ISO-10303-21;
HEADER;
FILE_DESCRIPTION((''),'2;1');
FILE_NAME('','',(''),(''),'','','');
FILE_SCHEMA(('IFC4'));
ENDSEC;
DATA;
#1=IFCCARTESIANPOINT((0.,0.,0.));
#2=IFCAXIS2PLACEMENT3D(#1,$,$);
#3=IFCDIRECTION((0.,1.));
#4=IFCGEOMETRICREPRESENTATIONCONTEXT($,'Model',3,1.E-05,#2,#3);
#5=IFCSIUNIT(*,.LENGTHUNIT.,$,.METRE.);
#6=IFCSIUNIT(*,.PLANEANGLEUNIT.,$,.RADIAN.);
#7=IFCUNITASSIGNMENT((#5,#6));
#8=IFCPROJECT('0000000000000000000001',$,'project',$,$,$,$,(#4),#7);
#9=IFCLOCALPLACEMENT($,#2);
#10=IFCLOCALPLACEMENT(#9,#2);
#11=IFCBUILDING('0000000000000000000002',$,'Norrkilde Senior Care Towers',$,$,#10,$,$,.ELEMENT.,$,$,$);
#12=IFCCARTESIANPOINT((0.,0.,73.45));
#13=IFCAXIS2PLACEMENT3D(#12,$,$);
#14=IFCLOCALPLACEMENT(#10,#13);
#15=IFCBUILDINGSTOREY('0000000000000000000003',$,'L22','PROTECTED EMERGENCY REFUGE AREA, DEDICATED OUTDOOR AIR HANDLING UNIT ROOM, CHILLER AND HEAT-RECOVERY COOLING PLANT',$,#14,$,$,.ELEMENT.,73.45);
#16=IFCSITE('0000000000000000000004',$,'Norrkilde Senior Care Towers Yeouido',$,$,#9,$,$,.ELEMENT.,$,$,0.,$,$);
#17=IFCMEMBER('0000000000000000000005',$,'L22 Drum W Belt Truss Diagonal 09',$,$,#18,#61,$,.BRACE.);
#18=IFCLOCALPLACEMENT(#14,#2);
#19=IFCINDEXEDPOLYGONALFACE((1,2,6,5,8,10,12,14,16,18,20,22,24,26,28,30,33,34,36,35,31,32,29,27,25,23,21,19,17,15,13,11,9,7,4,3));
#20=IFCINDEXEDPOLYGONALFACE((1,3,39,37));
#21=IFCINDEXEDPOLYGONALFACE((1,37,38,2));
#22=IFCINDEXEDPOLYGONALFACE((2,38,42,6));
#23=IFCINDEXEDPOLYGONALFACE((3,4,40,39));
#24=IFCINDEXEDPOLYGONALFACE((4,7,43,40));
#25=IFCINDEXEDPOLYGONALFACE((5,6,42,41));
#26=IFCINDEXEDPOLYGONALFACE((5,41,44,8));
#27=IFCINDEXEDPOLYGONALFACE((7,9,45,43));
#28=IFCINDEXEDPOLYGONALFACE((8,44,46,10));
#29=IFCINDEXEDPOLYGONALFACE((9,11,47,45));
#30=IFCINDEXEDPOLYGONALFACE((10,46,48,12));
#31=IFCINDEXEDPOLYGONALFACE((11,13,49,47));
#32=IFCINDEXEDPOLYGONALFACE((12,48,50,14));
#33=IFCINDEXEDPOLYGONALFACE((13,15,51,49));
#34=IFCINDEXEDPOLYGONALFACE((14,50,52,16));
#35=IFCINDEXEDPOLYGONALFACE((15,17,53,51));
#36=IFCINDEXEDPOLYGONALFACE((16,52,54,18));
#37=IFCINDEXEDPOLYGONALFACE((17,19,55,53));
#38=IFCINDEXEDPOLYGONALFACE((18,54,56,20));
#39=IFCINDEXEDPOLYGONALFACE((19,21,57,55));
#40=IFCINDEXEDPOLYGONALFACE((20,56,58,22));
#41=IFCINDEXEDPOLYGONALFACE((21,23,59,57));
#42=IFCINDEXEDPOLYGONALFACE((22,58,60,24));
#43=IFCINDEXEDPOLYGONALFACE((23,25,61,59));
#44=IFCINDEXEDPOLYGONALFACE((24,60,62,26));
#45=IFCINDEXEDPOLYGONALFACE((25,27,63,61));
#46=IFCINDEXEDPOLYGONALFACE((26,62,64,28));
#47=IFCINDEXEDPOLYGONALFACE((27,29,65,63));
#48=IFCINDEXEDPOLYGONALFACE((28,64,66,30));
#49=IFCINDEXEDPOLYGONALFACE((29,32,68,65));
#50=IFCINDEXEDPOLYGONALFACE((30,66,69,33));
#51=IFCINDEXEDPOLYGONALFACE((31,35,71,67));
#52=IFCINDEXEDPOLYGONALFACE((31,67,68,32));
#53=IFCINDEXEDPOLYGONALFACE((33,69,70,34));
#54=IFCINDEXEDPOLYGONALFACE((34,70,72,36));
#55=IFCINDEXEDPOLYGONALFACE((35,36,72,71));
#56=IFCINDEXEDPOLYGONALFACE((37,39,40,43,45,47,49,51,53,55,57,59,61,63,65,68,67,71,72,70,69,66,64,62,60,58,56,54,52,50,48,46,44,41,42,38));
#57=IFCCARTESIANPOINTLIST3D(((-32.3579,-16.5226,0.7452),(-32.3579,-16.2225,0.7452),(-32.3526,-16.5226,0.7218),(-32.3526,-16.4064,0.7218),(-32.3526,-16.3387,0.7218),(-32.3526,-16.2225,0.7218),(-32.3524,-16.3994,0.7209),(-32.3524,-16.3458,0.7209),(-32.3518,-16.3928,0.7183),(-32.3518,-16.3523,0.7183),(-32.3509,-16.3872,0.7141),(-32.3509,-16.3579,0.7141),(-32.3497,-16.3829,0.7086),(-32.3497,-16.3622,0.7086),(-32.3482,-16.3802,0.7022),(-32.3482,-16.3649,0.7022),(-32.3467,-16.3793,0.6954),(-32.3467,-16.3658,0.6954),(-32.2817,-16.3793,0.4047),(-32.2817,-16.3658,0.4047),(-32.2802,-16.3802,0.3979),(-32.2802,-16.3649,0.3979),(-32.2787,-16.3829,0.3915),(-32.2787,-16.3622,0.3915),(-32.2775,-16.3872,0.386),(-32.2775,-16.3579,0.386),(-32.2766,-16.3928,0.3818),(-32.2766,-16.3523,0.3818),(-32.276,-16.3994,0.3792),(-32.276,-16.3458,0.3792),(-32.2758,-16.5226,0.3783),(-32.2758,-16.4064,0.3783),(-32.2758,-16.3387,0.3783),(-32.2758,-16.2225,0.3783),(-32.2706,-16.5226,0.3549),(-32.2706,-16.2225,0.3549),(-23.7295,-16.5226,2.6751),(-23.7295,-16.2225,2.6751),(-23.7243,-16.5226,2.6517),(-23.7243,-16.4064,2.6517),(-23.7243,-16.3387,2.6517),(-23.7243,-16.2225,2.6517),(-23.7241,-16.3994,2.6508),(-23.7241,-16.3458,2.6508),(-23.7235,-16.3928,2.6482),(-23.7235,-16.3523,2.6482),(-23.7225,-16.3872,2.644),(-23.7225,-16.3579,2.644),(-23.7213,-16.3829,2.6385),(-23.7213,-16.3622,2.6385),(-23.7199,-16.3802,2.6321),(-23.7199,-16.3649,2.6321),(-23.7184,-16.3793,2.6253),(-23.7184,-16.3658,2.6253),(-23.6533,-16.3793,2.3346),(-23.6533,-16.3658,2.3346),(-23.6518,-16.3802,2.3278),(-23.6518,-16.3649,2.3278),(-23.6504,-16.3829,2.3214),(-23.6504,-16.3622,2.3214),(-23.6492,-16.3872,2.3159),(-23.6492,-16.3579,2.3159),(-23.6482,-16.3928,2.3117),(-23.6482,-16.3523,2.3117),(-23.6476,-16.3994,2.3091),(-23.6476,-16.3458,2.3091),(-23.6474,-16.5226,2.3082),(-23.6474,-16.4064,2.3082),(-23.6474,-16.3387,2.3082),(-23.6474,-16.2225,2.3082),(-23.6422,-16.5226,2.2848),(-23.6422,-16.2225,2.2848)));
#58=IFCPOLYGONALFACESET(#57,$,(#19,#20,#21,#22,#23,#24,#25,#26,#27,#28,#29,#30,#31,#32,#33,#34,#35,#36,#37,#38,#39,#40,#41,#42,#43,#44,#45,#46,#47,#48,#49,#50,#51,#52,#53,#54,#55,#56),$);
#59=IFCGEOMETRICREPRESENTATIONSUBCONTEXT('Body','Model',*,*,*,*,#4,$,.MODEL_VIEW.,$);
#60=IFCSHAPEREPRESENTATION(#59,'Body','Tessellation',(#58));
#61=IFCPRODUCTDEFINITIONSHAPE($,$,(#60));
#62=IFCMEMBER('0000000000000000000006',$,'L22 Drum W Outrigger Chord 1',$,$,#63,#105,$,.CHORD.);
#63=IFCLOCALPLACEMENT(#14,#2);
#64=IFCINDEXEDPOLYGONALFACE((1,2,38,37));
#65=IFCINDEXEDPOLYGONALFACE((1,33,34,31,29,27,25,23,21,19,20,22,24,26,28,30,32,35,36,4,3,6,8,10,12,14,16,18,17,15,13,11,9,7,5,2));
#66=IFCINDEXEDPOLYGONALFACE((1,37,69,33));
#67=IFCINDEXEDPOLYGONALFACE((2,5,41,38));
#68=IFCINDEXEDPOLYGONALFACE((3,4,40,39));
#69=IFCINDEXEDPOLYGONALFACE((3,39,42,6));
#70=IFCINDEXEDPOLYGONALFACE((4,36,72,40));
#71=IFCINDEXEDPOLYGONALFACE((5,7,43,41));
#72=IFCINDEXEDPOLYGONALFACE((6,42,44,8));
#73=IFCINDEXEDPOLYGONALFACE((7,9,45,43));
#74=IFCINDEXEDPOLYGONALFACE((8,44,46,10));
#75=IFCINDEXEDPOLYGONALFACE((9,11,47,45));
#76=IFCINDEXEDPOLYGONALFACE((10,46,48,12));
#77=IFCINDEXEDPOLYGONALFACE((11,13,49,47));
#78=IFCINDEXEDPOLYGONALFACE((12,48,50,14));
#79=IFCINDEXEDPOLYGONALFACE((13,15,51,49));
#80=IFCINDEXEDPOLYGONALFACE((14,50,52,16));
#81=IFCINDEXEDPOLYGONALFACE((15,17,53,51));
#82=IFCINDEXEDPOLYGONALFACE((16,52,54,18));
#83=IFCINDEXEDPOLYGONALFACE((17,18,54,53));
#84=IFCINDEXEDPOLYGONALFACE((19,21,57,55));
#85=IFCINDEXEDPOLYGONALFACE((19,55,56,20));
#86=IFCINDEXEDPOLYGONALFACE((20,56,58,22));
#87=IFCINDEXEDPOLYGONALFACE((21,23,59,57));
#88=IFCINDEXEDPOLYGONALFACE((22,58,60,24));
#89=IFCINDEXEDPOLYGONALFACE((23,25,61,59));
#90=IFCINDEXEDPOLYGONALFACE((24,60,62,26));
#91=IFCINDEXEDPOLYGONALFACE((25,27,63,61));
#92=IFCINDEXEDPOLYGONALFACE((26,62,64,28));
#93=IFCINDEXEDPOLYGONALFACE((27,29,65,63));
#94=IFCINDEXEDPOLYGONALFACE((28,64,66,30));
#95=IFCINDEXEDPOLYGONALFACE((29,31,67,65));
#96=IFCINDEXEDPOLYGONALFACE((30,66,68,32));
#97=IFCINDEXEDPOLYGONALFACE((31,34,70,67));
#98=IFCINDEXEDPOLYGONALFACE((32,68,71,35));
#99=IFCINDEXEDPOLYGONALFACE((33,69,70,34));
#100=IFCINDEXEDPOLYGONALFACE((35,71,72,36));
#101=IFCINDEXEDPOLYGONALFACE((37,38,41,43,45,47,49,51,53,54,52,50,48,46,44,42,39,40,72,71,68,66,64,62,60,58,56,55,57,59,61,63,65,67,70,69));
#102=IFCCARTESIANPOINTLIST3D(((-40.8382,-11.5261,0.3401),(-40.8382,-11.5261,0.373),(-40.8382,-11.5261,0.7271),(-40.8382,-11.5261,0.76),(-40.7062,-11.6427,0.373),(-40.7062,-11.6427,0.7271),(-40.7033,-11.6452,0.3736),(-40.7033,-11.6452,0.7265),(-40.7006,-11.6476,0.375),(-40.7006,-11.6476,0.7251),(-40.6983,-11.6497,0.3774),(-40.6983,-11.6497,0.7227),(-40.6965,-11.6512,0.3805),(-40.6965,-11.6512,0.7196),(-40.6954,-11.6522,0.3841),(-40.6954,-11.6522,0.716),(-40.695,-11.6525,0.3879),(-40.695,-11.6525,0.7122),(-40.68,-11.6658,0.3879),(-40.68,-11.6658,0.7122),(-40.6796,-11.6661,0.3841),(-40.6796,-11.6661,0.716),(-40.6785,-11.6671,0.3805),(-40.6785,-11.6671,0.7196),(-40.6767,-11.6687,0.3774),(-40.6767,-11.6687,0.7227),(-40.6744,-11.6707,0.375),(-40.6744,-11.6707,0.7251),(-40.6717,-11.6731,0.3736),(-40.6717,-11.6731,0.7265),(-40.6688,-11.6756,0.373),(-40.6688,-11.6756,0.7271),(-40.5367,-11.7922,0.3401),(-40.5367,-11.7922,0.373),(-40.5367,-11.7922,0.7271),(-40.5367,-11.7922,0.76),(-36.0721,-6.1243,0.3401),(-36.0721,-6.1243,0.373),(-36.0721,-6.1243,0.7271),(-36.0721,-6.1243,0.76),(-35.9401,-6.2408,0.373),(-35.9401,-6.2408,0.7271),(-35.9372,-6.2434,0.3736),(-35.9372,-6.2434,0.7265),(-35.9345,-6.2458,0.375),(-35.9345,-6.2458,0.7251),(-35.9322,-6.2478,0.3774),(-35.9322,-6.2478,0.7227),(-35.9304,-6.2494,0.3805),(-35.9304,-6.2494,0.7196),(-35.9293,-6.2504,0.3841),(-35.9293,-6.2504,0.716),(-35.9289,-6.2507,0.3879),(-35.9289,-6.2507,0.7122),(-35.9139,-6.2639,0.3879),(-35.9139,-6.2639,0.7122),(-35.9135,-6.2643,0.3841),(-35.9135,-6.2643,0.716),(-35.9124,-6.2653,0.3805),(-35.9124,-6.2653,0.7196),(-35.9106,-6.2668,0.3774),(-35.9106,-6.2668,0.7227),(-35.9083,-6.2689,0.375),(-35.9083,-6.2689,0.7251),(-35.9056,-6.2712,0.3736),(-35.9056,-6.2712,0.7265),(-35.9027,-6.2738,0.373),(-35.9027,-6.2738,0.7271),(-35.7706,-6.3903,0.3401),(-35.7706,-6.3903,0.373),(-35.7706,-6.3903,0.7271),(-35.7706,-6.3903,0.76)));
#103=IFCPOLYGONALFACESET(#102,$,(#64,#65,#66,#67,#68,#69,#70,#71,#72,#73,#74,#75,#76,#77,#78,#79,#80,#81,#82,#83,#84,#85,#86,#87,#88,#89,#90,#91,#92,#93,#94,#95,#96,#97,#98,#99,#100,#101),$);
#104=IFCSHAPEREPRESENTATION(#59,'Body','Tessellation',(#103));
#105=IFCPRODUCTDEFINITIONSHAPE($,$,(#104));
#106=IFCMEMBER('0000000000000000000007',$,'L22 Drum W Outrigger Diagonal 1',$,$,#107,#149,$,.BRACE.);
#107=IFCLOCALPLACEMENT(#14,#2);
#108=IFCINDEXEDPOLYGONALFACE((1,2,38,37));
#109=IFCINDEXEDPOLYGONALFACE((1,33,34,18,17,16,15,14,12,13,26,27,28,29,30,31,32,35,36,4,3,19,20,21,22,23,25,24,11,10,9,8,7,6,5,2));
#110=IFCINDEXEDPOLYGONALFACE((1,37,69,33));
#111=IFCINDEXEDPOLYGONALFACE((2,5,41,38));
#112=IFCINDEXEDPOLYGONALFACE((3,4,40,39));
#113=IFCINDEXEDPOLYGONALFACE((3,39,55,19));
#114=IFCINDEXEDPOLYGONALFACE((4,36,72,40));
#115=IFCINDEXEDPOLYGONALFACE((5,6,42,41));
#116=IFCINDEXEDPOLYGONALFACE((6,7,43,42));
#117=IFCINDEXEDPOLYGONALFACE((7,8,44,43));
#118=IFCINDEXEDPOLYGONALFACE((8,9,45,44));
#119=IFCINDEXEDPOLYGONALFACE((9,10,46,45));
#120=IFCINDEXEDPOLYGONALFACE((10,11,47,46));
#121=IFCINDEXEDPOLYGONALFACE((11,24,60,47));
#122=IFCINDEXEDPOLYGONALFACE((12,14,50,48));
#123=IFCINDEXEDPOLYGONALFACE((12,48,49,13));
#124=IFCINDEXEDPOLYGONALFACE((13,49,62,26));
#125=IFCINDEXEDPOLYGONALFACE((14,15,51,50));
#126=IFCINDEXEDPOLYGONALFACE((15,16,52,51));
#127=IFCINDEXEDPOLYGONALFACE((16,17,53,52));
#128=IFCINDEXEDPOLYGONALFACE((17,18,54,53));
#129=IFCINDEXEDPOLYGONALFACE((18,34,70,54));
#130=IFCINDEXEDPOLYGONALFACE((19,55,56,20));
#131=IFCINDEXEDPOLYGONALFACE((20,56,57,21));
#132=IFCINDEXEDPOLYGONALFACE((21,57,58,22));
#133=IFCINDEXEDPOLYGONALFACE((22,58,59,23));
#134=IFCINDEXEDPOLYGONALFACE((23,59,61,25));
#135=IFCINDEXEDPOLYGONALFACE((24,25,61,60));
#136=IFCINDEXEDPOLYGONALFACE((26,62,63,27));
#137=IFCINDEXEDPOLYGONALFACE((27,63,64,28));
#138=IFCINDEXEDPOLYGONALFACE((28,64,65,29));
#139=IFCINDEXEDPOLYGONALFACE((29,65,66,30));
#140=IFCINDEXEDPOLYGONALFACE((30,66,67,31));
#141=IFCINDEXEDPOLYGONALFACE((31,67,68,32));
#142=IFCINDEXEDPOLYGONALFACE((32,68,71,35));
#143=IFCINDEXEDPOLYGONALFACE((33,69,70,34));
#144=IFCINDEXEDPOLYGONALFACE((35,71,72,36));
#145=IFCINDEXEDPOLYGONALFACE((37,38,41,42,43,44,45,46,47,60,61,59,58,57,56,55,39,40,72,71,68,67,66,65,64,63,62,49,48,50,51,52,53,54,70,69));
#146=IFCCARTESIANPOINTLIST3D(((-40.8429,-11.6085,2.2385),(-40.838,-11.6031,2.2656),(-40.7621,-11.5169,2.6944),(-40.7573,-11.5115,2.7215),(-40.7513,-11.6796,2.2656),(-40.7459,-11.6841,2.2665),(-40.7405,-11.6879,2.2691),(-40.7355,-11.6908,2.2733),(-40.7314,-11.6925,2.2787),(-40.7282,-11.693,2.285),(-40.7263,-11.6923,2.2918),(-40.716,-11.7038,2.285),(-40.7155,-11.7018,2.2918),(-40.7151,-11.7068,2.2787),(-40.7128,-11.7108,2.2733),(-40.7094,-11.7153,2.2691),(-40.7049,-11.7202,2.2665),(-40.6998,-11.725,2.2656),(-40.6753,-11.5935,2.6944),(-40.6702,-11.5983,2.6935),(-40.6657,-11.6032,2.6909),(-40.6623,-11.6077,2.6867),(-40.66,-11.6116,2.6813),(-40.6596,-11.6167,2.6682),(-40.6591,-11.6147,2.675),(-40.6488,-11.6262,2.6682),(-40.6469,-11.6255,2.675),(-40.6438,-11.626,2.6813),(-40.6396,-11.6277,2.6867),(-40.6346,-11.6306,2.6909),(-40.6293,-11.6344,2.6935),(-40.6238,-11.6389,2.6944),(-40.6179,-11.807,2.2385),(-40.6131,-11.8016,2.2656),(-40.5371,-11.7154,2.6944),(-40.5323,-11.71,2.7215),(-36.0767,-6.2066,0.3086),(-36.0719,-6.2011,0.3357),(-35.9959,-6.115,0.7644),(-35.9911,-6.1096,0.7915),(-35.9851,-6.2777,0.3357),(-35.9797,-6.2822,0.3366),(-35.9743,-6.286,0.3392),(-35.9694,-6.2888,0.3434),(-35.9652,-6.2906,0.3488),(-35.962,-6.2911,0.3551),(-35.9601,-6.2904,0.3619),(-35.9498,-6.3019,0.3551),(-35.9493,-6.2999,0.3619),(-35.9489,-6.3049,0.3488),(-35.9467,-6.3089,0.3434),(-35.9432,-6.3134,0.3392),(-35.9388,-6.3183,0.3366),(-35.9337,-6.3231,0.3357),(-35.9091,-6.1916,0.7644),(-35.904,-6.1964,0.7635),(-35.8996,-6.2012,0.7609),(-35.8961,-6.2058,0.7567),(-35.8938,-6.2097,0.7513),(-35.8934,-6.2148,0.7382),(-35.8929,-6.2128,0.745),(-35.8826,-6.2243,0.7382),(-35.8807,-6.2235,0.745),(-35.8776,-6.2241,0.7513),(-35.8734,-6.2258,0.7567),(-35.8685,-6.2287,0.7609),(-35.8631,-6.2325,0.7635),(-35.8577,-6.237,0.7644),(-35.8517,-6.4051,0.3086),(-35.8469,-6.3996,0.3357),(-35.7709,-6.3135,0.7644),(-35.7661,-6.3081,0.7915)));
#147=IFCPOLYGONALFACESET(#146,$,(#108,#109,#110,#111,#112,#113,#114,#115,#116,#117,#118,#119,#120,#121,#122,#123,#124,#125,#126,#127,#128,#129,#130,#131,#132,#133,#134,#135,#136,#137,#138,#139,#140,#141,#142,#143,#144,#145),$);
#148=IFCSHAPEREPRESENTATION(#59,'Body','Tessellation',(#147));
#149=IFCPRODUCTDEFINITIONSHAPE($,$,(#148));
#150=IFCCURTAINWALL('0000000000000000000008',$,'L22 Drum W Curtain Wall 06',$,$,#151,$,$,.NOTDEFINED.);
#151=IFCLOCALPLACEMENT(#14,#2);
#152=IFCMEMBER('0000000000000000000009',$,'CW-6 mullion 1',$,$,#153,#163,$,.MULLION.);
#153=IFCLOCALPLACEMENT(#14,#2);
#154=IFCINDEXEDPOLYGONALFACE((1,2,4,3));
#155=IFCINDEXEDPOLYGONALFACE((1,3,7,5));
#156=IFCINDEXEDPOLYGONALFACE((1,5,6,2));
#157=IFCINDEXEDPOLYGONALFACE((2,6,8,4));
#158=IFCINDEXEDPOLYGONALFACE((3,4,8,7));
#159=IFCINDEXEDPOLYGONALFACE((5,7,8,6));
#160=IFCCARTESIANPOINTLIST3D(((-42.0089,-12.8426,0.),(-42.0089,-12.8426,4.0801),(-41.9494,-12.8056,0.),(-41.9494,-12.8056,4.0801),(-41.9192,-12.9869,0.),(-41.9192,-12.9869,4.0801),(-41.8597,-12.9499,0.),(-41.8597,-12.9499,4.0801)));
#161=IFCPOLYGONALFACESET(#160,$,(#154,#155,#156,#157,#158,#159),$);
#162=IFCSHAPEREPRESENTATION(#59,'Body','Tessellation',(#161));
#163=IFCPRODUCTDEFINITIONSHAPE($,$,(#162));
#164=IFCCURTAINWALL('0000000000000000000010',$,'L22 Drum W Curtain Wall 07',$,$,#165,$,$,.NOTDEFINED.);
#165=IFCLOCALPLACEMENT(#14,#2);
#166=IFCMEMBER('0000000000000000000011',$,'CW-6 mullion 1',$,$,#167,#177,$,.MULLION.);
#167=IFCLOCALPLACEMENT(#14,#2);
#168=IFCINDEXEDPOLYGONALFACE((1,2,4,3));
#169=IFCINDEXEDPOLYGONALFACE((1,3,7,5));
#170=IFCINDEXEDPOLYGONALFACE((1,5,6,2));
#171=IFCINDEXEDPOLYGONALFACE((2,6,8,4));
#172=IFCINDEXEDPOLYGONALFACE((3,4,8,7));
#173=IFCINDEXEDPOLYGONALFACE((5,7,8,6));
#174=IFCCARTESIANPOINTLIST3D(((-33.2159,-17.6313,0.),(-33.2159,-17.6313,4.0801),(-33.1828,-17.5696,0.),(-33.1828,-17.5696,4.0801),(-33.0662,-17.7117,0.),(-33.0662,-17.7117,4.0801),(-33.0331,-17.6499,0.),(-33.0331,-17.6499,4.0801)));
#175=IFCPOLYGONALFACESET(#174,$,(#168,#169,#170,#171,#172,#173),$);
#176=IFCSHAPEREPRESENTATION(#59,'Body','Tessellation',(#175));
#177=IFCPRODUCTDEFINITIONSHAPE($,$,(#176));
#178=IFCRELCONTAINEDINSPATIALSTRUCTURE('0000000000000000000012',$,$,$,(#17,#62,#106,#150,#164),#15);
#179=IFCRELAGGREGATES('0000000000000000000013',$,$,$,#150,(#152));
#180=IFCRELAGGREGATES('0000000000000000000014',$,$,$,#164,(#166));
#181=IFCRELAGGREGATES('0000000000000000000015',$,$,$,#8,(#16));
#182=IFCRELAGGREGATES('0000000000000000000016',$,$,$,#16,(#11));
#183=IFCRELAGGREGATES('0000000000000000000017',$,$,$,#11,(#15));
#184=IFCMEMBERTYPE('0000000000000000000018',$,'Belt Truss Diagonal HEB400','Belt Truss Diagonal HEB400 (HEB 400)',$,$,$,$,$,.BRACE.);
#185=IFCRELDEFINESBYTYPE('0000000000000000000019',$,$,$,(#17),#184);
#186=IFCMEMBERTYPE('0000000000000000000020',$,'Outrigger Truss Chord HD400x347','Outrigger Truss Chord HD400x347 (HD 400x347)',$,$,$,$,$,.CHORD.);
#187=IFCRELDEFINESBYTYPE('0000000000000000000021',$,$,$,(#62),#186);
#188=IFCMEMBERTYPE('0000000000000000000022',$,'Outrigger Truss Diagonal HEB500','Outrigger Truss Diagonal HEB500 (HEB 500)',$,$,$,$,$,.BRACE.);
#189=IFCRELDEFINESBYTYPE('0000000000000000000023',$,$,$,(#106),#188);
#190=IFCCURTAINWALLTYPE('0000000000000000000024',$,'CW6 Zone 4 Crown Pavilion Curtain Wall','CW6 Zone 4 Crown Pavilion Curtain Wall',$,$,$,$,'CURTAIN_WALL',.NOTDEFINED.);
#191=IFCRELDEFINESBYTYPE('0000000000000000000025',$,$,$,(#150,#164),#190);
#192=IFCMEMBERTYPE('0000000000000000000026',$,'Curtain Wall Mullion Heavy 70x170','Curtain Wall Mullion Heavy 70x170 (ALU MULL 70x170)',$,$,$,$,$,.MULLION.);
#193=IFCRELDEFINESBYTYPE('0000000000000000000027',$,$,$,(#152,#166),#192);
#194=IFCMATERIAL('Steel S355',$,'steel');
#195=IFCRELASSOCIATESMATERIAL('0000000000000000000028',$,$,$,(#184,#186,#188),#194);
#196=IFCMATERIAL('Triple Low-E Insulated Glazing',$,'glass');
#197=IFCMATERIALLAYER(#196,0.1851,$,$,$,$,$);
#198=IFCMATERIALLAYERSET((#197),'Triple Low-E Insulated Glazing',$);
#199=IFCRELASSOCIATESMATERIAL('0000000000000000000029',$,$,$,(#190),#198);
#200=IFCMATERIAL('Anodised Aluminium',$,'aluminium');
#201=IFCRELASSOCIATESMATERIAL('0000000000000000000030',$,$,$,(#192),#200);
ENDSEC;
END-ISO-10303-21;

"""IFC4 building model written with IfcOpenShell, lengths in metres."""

from ifc_helpers import new_model, si_unit, direction, frame, origin, origin_2d, place, context, subcontext, project, spatial, rectangle, i_section, extrude, source, transform, mapped, material, layer, layer_set, material_profile, profile_set, type_object, type_shapes, element, aggregate, save


model = new_model("IFC4")

# Units and contexts
model_context = context("Model", 3, precision=1e-05, world=origin(), true_north=direction((0.0, 1.0)))
body_context = subcontext(model_context, "Body", "Model", "MODEL_VIEW")
ifc_project = project(units=[si_unit("LENGTHUNIT", "METRE"), si_unit("PLANEANGLEUNIT", "RADIAN")], contexts=[model_context])

# Site, building, storey
site_placement = place(None, origin())
site = spatial("IfcSite", under=ifc_project, at=site_placement, Name="Norrkilde Senior Care Towers Yeouido", CompositionType="ELEMENT", RefElevation=0.0)
building_placement = place(site_placement, origin())
building = spatial("IfcBuilding", under=site, at=building_placement, Name="Norrkilde Senior Care Towers", CompositionType="ELEMENT")
storey_placement = place(building_placement, frame((0.0, 0.0, 73.45)))
storey = spatial("IfcBuildingStorey", under=building, at=storey_placement, Name="L22", Description="PROTECTED EMERGENCY REFUGE AREA, DEDICATED OUTDOOR AIR HANDLING UNIT ROOM, CHILLER AND HEAT-RECOVERY COOLING PLANT", CompositionType="ELEMENT", Elevation=73.45)

# Members
ifc_material_1 = material(Name="Steel S355", Category="steel")
ifc_material_profile_1 = material_profile(ifc_material_1, i_section(OverallWidth=0.3, OverallDepth=0.3999, WebThickness=0.0134, FlangeThickness=0.0239, FilletRadius=0.0271, at=origin_2d()), Name="HEB 400")
ifc_profile_set_1 = profile_set([ifc_material_profile_1], Name="Steel S355")
member_type_1 = type_object("IfcMemberType", Name="Belt Truss Diagonal HEB400", Description="Belt Truss Diagonal HEB400 (HEB 400)", PredefinedType="BRACE", material=ifc_profile_set_1)
shared_shape_1 = source(origin(), body_context, "Body", "SweptSolid", [
    extrude(i_section(OverallWidth=0.3, OverallDepth=0.3999, WebThickness=0.0134, FlangeThickness=0.0239, FilletRadius=0.0271, at=origin_2d()), origin(), (0.0, 0.0, 1.0), 8.8416),
])
member_1_placement = place(storey_placement, frame((-32.3142, -16.3726, 0.55), z_axis=(0.975887, 0.0, 0.218278), x_axis=(0.0, 1.0, 0.0)))
element("IfcMember", 1, at=member_1_placement, inside=storey, type_object=member_type_1, Name="L22 Drum W Belt Truss Diagonal 09", PredefinedType="BRACE", context=body_context, shape_type="MappedRepresentation", body=[
    mapped(shared_shape_1, transform((0.0, 0.0, 0.0), x_axis=(1.0, 0.0, 0.0), y_axis=(0.0, 1.0, 0.0), z_axis=(0.0, 0.0, 1.0), scale=1.0)),
])
ifc_material_profile_2 = material_profile(ifc_material_1, i_section(OverallWidth=0.4021, OverallDepth=0.4199, WebThickness=0.02, FlangeThickness=0.033, FilletRadius=0.0149, at=origin_2d()), Name="HD 400x347")
ifc_profile_set_2 = profile_set([ifc_material_profile_2], Name="Steel S355")
member_type_2 = type_object("IfcMemberType", Name="Outrigger Truss Chord HD400x347", Description="Outrigger Truss Chord HD400x347 (HD 400x347)", PredefinedType="CHORD", material=ifc_profile_set_2)
shared_shape_2 = source(origin(), body_context, "Body", "SweptSolid", [
    extrude(i_section(OverallWidth=0.4021, OverallDepth=0.4199, WebThickness=0.02, FlangeThickness=0.033, FilletRadius=0.0149, at=origin_2d()), origin(), (0.0, 0.0, 1.0), 7.2039),
])
type_shapes(member_type_2, [shared_shape_2])
member_2_placement = place(storey_placement, frame((-35.9214, -6.2573, 0.55), z_axis=(-0.661604, -0.749854, 0.0), x_axis=(0.749854, -0.661604, 0.0)))
element("IfcMember", 2, at=member_2_placement, inside=storey, type_object=member_type_2, Name="L22 Drum W Outrigger Chord 1", PredefinedType="CHORD", context=body_context, shape_type="MappedRepresentation", body=[
    mapped(shared_shape_2, transform((0.0, 0.0, 0.0), x_axis=(1.0, 0.0, 0.0), y_axis=(0.0, 1.0, 0.0), z_axis=(0.0, 0.0, 1.0), scale=1.0)),
])
ifc_material_profile_3 = material_profile(ifc_material_1, i_section(OverallWidth=0.3, OverallDepth=0.5, WebThickness=0.0144, FlangeThickness=0.0281, FilletRadius=0.0271, at=origin_2d()), Name="HEB 500")
ifc_profile_set_3 = profile_set([ifc_material_profile_3], Name="Steel S355")
member_type_3 = type_object("IfcMemberType", Name="Outrigger Truss Diagonal HEB500", Description="Outrigger Truss Diagonal HEB500 (HEB 500)", PredefinedType="BRACE", material=ifc_profile_set_3)
shared_shape_3 = source(origin(), body_context, "Body", "SweptSolid", [
    extrude(i_section(OverallWidth=0.3, OverallDepth=0.5, WebThickness=0.0144, FlangeThickness=0.0281, FilletRadius=0.0271, at=origin_2d()), origin(), (0.0, 0.0, 1.0), 7.458),
])
type_shapes(member_type_3, [shared_shape_3])
member_3_placement = place(storey_placement, frame((-35.9214, -6.2573, 0.55), z_axis=(-0.639068, -0.724312, 0.258776), x_axis=(0.749854, -0.661604, 0.0)))
element("IfcMember", 3, at=member_3_placement, inside=storey, type_object=member_type_3, Name="L22 Drum W Outrigger Diagonal 1", PredefinedType="BRACE", context=body_context, shape_type="MappedRepresentation", body=[
    mapped(shared_shape_3, transform((0.0, 0.0, 0.0), x_axis=(1.0, 0.0, 0.0), y_axis=(0.0, 1.0, 0.0), z_axis=(0.0, 0.0, 1.0), scale=1.0)),
])

# Curtain wall, member
ifc_material_2 = material(Name="Triple Low-E Insulated Glazing", Category="glass")
ifc_layer_1 = layer(ifc_material_2, 0.1851)
ifc_layer_set_1 = layer_set([ifc_layer_1], Name="Triple Low-E Insulated Glazing")
curtain_wall_type = type_object("IfcCurtainWallType", Name="CW6 Zone 4 Crown Pavilion Curtain Wall", Description="CW6 Zone 4 Crown Pavilion Curtain Wall", ElementType="CURTAIN_WALL", PredefinedType="NOTDEFINED", material=ifc_layer_set_1)
curtain_wall_1_placement = place(storey_placement, origin())
curtain_wall_1 = element("IfcCurtainWall", 4, at=curtain_wall_1_placement, inside=storey, type_object=curtain_wall_type, Name="L22 Drum W Curtain Wall 06", PredefinedType="NOTDEFINED")
ifc_material_3 = material(Name="Anodised Aluminium", Category="aluminium")
ifc_material_profile_4 = material_profile(ifc_material_3, rectangle(XDim=0.0701, YDim=0.1699, at=origin_2d()), Name="ALU MULL 70x170")
ifc_profile_set_4 = profile_set([ifc_material_profile_4], Name="Anodised Aluminium")
member_type_4 = type_object("IfcMemberType", Name="Curtain Wall Mullion Heavy 70x170", Description="Curtain Wall Mullion Heavy 70x170 (ALU MULL 70x170)", PredefinedType="MULLION", material=ifc_profile_set_4)
shared_shape_4 = source(origin(), body_context, "Body", "SweptSolid", [
    extrude(rectangle(XDim=0.0701, YDim=0.1699, at=origin_2d()), origin(), (0.0, 0.0, 1.0), 4.0801),
])
type_shapes(member_type_4, [shared_shape_4])
member_4_placement = place(storey_placement, frame((-41.9343, -12.8962, 0.0), z_axis=(0.0, 0.0, 1.0), x_axis=(-0.849306, -0.527901, 0.0)))
member_4 = element("IfcMember", 5, at=member_4_placement, type_object=member_type_4, Name="CW-6 mullion 1", PredefinedType="MULLION", context=body_context, shape_type="MappedRepresentation", body=[
    mapped(shared_shape_4, transform((0.0, 0.0, 0.0), x_axis=(1.0, 0.0, 0.0), y_axis=(0.0, 1.0, 0.0), z_axis=(0.0, 0.0, 1.0), scale=1.0)),
])

# Curtain wall, member
curtain_wall_2_placement = place(storey_placement, origin())
curtain_wall_2 = element("IfcCurtainWall", 6, at=curtain_wall_2_placement, inside=storey, type_object=curtain_wall_type, Name="L22 Drum W Curtain Wall 07", PredefinedType="NOTDEFINED")
member_5_placement = place(storey_placement, frame((-33.1245, -17.6406, 0.0), z_axis=(0.0, 0.0, 1.0), x_axis=(-0.472608, -0.881273, 0.0)))
member_5 = element("IfcMember", 7, at=member_5_placement, type_object=member_type_4, Name="CW-6 mullion 1", PredefinedType="MULLION", context=body_context, shape_type="MappedRepresentation", body=[
    mapped(shared_shape_4, transform((0.0, 0.0, 0.0), x_axis=(1.0, 0.0, 0.0), y_axis=(0.0, 1.0, 0.0), z_axis=(0.0, 0.0, 1.0), scale=1.0)),
])

aggregate(curtain_wall_1, [member_4])
aggregate(curtain_wall_2, [member_5])

save(model, "model.ifc")
